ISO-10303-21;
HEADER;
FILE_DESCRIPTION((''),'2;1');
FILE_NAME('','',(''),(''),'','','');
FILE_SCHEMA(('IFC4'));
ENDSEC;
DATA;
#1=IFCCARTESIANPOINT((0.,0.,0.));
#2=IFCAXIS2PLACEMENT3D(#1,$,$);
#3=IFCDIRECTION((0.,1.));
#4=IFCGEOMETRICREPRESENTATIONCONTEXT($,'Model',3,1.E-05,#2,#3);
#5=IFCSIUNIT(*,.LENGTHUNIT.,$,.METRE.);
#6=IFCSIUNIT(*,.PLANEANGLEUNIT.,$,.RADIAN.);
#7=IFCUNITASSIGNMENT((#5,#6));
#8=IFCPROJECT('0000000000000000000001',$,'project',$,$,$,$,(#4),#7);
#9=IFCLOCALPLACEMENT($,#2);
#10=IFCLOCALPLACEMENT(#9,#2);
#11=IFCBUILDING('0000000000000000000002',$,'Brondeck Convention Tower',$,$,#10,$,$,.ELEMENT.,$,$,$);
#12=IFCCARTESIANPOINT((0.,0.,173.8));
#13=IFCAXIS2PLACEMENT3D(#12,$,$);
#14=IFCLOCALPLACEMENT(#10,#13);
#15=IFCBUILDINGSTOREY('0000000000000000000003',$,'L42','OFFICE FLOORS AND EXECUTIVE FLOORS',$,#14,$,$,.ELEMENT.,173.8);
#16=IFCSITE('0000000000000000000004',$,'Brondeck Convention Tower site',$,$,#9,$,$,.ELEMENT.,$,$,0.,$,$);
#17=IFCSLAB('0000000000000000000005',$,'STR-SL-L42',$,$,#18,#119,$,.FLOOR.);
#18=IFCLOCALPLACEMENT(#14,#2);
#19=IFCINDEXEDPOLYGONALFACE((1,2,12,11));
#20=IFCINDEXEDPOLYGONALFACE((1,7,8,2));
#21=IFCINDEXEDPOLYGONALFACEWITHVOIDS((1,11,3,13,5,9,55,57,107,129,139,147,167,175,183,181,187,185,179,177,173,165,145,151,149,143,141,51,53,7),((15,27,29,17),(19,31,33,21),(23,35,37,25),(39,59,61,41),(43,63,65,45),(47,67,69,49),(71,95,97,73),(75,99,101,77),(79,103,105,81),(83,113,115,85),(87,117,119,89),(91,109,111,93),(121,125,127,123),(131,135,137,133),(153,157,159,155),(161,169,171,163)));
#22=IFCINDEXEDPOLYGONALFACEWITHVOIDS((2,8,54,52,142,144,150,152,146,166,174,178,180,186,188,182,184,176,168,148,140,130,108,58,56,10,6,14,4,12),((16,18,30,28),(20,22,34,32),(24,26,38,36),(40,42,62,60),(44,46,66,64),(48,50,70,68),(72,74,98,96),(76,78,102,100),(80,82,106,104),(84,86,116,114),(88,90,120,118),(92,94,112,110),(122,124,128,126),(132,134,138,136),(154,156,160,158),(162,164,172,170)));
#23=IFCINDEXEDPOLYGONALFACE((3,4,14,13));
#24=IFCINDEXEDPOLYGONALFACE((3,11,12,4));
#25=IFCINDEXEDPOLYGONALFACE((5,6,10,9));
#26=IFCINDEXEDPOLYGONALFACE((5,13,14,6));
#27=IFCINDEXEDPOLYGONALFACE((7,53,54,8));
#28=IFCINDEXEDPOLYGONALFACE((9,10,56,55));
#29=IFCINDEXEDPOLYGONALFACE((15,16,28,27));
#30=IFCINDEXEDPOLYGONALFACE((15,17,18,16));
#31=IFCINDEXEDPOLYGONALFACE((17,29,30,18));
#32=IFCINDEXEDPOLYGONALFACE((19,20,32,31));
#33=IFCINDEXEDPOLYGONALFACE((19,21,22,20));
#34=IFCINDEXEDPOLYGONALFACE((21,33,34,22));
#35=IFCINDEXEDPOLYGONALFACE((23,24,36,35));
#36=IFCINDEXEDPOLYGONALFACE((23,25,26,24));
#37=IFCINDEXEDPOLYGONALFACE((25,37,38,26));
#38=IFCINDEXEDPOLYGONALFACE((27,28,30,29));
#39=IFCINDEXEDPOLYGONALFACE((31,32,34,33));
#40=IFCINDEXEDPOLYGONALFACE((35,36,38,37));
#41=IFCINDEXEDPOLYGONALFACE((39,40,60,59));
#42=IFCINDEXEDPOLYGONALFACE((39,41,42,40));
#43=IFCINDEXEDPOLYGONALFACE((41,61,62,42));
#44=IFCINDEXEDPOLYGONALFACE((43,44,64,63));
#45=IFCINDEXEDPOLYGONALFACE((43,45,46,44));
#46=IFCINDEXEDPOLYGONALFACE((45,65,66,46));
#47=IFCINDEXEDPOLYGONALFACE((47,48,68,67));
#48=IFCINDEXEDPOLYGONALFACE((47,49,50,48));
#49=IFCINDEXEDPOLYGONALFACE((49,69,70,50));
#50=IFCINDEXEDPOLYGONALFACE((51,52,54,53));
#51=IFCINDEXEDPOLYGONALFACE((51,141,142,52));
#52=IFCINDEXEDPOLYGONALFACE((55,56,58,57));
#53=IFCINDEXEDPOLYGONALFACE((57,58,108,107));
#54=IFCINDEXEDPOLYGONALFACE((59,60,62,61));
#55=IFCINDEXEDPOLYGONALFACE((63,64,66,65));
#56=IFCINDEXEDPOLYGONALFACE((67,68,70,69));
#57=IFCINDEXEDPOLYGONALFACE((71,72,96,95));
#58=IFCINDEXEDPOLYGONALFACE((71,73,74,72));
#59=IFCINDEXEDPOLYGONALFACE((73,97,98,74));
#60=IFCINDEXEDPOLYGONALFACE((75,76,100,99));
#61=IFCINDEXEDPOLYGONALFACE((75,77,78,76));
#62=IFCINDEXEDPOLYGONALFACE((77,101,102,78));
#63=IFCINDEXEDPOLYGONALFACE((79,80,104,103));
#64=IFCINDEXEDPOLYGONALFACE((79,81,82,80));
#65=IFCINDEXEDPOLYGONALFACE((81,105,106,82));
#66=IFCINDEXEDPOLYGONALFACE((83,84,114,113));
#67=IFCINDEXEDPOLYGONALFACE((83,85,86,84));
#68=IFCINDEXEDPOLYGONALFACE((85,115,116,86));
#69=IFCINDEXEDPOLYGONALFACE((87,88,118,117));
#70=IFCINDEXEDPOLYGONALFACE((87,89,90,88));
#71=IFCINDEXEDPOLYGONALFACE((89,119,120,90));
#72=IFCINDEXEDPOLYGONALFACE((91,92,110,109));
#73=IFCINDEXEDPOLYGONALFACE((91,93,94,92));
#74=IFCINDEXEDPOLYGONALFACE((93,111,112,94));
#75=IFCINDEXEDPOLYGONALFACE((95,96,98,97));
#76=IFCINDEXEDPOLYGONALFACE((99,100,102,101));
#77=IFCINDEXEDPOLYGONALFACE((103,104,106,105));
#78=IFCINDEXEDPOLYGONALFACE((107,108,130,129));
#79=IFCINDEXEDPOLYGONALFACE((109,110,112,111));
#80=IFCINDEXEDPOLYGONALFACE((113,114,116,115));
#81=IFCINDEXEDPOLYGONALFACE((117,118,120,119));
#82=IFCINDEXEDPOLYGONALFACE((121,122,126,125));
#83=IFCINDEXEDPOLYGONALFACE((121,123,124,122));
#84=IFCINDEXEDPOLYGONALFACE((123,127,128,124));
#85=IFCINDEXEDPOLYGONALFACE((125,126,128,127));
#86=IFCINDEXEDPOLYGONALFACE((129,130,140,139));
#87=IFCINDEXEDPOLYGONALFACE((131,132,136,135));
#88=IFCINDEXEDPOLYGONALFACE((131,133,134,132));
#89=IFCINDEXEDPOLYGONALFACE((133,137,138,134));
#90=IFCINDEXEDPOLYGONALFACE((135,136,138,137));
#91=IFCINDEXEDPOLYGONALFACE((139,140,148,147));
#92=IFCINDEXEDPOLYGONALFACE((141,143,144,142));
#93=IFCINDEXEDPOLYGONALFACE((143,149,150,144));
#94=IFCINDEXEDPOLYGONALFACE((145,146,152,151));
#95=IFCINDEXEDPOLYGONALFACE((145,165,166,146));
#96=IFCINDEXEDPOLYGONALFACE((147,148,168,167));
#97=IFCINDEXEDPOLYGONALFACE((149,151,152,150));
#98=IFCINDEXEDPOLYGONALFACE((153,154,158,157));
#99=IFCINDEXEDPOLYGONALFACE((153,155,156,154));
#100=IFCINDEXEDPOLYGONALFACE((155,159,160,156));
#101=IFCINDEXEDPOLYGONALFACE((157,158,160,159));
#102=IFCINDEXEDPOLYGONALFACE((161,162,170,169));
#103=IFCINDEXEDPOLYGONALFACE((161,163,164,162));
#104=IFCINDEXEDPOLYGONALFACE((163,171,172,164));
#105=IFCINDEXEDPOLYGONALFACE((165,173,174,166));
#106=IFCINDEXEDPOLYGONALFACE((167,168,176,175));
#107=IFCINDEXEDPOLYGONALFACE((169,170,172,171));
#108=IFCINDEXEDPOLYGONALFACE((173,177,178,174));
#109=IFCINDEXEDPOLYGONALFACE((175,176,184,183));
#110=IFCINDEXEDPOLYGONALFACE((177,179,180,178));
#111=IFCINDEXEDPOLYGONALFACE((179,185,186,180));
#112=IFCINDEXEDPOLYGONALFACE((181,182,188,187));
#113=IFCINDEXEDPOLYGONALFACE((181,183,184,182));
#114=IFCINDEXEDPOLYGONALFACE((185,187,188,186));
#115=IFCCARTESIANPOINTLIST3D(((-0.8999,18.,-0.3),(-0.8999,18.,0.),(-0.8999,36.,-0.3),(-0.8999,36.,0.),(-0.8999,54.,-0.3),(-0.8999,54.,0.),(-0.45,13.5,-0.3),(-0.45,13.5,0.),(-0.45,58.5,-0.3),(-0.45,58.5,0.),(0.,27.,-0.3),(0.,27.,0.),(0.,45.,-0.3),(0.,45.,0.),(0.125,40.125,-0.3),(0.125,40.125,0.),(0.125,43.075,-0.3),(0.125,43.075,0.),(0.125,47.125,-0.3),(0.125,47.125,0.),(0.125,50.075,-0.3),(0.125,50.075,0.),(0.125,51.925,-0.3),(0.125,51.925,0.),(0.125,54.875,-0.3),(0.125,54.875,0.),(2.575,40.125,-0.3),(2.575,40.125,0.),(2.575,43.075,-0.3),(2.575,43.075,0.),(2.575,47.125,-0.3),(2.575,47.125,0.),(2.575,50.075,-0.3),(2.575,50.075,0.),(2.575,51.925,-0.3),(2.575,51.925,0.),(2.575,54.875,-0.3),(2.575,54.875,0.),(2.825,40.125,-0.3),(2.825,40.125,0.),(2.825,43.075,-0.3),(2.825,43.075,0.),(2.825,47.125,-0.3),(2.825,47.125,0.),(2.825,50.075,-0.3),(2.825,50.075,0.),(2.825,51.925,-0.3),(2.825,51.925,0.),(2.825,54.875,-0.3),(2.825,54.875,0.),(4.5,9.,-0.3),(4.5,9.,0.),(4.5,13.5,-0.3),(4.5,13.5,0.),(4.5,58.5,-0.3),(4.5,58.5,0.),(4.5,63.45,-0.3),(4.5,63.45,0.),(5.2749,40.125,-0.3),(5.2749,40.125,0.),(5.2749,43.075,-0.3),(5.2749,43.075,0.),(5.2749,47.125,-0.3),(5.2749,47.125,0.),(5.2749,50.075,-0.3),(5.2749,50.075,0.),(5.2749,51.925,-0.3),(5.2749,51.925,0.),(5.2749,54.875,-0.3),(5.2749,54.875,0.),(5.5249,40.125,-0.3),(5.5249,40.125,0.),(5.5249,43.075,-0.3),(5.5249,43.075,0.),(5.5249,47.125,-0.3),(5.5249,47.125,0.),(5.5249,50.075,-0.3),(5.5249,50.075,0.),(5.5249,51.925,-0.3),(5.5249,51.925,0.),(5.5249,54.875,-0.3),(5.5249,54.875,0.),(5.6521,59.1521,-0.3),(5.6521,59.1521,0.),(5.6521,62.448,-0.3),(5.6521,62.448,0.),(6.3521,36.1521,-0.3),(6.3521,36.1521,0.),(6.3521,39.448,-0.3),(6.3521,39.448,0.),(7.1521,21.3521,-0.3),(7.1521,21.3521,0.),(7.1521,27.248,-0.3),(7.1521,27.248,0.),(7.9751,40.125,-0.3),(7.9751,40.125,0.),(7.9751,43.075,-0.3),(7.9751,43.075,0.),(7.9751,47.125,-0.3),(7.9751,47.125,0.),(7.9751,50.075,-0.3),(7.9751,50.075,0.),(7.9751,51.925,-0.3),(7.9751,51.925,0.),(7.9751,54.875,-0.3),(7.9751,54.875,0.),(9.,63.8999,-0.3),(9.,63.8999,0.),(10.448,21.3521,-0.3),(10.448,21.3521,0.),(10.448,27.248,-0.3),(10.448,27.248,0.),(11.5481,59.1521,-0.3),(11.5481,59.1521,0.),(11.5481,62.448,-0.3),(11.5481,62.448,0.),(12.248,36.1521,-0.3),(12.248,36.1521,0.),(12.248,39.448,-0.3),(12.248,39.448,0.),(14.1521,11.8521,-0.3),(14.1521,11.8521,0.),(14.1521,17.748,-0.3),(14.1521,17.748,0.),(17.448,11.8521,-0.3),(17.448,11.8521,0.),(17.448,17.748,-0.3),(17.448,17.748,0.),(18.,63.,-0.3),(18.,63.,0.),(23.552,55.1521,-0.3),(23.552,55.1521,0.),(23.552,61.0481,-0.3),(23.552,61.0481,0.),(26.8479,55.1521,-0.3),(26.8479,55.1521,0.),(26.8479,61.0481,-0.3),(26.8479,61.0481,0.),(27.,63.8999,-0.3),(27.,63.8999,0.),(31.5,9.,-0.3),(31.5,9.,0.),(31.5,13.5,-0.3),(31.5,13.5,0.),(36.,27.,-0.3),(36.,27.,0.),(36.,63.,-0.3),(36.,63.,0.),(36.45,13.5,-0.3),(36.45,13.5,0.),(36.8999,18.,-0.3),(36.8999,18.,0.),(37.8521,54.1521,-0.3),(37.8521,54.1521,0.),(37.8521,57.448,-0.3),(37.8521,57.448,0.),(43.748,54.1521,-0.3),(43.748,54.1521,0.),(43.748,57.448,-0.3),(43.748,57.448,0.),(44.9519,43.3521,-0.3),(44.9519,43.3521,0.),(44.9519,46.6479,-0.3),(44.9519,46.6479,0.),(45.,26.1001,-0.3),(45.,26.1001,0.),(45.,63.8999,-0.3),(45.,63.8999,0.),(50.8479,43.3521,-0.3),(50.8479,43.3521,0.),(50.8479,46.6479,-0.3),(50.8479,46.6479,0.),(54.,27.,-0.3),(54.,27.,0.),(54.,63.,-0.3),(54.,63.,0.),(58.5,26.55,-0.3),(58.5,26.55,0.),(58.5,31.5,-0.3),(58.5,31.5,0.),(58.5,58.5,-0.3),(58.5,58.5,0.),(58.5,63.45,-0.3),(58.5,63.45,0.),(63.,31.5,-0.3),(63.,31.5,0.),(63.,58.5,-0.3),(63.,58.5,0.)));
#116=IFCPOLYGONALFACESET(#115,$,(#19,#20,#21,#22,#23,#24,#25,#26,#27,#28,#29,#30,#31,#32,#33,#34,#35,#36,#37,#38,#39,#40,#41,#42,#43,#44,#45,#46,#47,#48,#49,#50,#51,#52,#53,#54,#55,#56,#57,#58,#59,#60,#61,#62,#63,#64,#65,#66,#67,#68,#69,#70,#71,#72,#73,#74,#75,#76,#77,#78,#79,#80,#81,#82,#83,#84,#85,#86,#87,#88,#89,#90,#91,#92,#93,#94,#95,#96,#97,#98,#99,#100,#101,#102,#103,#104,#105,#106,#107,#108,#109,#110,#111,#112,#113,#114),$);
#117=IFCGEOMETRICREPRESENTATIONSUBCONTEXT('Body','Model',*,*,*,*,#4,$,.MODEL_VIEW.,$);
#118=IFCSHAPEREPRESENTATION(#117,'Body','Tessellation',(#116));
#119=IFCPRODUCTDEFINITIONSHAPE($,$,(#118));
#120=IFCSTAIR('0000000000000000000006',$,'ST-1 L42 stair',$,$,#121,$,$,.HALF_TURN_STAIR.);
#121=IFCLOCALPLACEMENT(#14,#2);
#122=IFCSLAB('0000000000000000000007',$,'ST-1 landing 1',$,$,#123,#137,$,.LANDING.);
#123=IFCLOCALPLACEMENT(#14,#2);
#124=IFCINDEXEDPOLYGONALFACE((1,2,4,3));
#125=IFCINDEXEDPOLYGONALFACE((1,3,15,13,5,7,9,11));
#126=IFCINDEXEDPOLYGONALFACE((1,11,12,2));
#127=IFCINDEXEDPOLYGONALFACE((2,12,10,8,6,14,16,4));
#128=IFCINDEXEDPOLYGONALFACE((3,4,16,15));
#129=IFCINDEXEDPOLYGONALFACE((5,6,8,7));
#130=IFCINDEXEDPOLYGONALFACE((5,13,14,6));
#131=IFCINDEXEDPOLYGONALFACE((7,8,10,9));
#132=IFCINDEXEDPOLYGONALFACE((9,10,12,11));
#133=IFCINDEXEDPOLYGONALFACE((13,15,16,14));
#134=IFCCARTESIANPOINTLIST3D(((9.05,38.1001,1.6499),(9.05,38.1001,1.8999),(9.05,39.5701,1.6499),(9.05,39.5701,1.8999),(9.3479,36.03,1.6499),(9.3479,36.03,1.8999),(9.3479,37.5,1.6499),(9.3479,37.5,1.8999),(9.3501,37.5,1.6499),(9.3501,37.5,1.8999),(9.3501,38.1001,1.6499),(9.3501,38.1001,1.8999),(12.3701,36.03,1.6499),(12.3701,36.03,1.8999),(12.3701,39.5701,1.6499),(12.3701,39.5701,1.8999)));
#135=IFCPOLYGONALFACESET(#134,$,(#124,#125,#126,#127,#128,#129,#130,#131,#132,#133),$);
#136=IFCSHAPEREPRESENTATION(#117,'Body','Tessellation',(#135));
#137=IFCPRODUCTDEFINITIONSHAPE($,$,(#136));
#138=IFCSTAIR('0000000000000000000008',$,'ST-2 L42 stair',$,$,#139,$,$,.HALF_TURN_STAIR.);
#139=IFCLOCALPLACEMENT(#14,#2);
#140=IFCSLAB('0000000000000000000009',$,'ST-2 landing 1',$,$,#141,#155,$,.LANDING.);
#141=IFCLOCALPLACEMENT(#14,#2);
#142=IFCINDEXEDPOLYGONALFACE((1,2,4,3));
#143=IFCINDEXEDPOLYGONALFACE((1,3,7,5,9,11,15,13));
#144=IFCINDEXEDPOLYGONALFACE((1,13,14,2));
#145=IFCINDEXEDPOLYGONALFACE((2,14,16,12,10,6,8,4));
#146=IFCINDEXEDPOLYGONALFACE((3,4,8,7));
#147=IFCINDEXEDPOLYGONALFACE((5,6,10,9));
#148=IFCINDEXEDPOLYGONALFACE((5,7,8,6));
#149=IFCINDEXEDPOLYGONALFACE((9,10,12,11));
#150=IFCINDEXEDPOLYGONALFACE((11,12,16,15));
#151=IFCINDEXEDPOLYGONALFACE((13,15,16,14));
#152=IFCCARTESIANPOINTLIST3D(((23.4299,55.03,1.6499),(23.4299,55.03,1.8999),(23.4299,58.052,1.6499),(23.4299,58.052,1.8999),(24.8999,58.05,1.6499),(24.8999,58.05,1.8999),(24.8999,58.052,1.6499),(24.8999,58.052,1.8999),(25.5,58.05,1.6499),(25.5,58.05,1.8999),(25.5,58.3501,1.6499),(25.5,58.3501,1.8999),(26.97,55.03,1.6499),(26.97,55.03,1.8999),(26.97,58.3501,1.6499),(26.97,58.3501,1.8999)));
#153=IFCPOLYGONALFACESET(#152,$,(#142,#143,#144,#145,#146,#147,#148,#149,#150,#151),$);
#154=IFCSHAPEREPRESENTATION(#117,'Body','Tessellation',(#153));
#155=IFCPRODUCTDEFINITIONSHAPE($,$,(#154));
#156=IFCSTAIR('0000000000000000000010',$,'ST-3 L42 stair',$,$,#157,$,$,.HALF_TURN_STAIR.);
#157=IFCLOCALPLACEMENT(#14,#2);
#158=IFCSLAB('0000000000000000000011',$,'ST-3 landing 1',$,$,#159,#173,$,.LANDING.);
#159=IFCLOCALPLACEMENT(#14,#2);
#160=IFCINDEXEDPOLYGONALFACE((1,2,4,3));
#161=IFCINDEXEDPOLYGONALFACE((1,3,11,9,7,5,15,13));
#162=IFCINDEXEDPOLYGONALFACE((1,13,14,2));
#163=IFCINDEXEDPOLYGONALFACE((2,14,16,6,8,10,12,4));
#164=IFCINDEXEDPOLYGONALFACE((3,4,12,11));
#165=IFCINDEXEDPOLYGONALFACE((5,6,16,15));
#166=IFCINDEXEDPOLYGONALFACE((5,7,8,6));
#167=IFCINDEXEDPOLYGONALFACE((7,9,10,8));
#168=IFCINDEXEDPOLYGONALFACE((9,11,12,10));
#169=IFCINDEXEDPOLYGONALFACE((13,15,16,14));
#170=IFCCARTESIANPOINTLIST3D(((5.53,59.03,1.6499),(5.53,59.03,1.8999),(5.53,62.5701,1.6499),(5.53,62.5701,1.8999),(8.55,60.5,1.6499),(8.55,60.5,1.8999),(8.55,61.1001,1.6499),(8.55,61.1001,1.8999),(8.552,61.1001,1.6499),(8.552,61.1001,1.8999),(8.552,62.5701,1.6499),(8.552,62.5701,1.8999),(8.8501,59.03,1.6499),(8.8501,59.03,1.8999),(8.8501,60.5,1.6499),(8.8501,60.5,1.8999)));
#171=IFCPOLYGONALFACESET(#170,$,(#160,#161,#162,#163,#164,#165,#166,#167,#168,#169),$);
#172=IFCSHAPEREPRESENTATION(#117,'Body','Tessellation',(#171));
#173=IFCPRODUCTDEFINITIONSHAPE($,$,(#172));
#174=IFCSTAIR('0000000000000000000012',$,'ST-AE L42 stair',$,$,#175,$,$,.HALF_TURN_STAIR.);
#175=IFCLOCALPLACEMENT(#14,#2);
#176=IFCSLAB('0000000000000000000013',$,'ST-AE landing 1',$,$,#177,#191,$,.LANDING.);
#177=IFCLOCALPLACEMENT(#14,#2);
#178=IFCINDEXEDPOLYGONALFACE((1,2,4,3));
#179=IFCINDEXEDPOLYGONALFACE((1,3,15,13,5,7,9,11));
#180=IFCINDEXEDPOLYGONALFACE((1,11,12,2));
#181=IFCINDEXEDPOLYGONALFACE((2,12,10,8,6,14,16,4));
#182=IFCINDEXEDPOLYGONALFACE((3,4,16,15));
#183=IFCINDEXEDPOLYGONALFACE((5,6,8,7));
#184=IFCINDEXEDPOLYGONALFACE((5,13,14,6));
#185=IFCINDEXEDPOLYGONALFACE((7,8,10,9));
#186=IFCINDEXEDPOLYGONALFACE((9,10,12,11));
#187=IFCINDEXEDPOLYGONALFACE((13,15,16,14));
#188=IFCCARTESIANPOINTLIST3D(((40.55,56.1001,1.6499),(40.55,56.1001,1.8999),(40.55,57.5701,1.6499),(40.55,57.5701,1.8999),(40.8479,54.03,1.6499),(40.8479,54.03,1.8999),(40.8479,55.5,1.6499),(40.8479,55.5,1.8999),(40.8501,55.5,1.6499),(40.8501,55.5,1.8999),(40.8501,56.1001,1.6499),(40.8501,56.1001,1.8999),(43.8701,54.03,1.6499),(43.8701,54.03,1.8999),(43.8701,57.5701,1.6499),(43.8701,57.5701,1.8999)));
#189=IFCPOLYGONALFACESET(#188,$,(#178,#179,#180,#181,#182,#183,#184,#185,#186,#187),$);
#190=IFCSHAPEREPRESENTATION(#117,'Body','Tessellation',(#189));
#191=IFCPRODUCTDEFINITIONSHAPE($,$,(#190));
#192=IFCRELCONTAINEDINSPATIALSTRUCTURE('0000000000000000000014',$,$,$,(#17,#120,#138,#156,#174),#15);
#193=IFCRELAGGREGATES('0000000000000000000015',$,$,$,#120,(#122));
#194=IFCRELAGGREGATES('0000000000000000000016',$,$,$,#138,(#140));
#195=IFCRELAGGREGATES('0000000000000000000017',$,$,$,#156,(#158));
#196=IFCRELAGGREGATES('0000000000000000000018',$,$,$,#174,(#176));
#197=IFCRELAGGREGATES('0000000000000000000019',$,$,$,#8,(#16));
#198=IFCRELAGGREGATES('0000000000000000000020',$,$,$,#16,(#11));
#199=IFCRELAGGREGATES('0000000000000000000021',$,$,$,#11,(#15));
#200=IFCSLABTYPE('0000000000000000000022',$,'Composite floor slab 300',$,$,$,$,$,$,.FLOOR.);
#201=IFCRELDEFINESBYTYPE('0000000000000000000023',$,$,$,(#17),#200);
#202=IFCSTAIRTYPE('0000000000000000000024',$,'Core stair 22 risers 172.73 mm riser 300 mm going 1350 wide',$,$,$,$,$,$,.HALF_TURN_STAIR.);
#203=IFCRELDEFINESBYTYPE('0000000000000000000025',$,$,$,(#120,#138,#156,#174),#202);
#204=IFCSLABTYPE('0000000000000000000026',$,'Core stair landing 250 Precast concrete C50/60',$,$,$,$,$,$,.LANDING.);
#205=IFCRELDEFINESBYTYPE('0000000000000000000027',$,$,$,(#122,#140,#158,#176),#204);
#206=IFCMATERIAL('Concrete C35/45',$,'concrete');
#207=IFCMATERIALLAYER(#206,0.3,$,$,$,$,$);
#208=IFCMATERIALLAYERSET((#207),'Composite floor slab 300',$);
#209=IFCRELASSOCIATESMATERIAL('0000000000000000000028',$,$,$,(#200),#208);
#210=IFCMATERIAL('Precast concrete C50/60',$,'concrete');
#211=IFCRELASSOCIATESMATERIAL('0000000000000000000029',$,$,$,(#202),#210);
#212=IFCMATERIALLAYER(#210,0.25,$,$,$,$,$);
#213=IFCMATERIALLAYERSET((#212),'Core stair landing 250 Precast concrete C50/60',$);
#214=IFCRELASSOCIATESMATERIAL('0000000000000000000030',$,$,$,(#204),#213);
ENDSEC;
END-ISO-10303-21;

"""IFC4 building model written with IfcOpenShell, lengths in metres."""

from ifc_helpers import new_model, si_unit, direction, frame, origin, place, context, subcontext, project, spatial, polyline, outline, extrude, material, layer, layer_set, type_object, element, aggregate, save


model = new_model("IFC4")

# Units and contexts
model_context = context("Model", 3, precision=1e-05, world=origin(), true_north=direction((0.0, 1.0)))
body_context = subcontext(model_context, "Body", "Model", "MODEL_VIEW")
ifc_project = project(units=[si_unit("LENGTHUNIT", "METRE"), si_unit("PLANEANGLEUNIT", "RADIAN")], contexts=[model_context])

# Site, building, storey
site_placement = place(None, origin())
site = spatial("IfcSite", under=ifc_project, at=site_placement, Name="Brondeck Convention Tower site", CompositionType="ELEMENT", RefElevation=0.0)
building_placement = place(site_placement, origin())
building = spatial("IfcBuilding", under=site, at=building_placement, Name="Brondeck Convention Tower", CompositionType="ELEMENT")
storey_placement = place(building_placement, frame((0.0, 0.0, 173.8)))
storey = spatial("IfcBuildingStorey", under=building, at=storey_placement, Name="L42", Description="OFFICE FLOORS AND EXECUTIVE FLOORS", CompositionType="ELEMENT", Elevation=173.8)

# Slab
ifc_material_1 = material(Name="Concrete C35/45", Category="concrete")
ifc_layer_1 = layer(ifc_material_1, 0.3)
ifc_layer_set_1 = layer_set([ifc_layer_1], Name="Composite floor slab 300")
slab_type_1 = type_object("IfcSlabType", Name="Composite floor slab 300", PredefinedType="FLOOR", material=ifc_layer_set_1)
slab_1_placement = place(storey_placement, frame((0.0, 0.0, -0.3)))
element("IfcSlab", 1, at=slab_1_placement, inside=storey, type_object=slab_type_1, Name="STR-SL-L42", PredefinedType="FLOOR", context=body_context, shape_type="SweptSolid", body=[
    extrude(outline(polyline([(4.5, 13.5), (-0.45, 13.5), (-0.8999, 18.0), (0.0, 27.0), (-0.8999, 36.0), (0.0, 45.0), (-0.8999, 54.0), (-0.45, 58.5), (4.5, 58.5), (4.5, 63.45), (9.0, 63.8999), (18.0, 63.0), (27.0, 63.8999), (36.0, 63.0), (45.0, 63.8999), (54.0, 63.0), (58.5, 63.45), (58.5, 58.5), (63.0, 58.5), (63.0, 31.5), (58.5, 31.5), (58.5, 26.55), (54.0, 27.0), (45.0, 26.1001), (36.0, 27.0), (36.8999, 18.0), (36.45, 13.5), (31.5, 13.5), (31.5, 9.0), (4.5, 9.0), (4.5, 13.5)]), holes=[polyline([(2.575, 40.125), (2.575, 43.075), (0.125, 43.075), (0.125, 40.125), (2.575, 40.125)]), polyline([(5.2749, 40.125), (5.2749, 43.075), (2.825, 43.075), (2.825, 40.125), (5.2749, 40.125)]), polyline([(7.9751, 40.125), (7.9751, 43.075), (5.5249, 43.075), (5.5249, 40.125), (7.9751, 40.125)]), polyline([(2.575, 47.125), (2.575, 50.075), (0.125, 50.075), (0.125, 47.125), (2.575, 47.125)]), polyline([(5.2749, 47.125), (5.2749, 50.075), (2.825, 50.075), (2.825, 47.125), (5.2749, 47.125)]), polyline([(7.9751, 47.125), (7.9751, 50.075), (5.5249, 50.075), (5.5249, 47.125), (7.9751, 47.125)]), polyline([(2.575, 51.925), (2.575, 54.875), (0.125, 54.875), (0.125, 51.925), (2.575, 51.925)]), polyline([(5.2749, 51.925), (5.2749, 54.875), (2.825, 54.875), (2.825, 51.925), (5.2749, 51.925)]), polyline([(17.448, 17.748), (14.1521, 17.748), (14.1521, 11.8521), (17.448, 11.8521), (17.448, 17.748)]), polyline([(10.448, 27.248), (7.1521, 27.248), (7.1521, 21.3521), (10.448, 21.3521), (10.448, 27.248)]), polyline([(12.248, 36.1521), (12.248, 39.448), (6.3521, 39.448), (6.3521, 36.1521), (12.248, 36.1521)]), polyline([(50.8479, 43.3521), (50.8479, 46.6479), (44.9519, 46.6479), (44.9519, 43.3521), (50.8479, 43.3521)]), polyline([(7.9751, 51.925), (7.9751, 54.875), (5.5249, 54.875), (5.5249, 51.925), (7.9751, 51.925)]), polyline([(43.748, 54.1521), (43.748, 57.448), (37.8521, 57.448), (37.8521, 54.1521), (43.748, 54.1521)]), polyline([(23.552, 55.1521), (26.8479, 55.1521), (26.8479, 61.0481), (23.552, 61.0481), (23.552, 55.1521)]), polyline([(5.6521, 62.448), (5.6521, 59.1521), (11.5481, 59.1521), (11.5481, 62.448), (5.6521, 62.448)])]), origin(), (0.0, 0.0, 1.0), 0.3),
])

# Stairs, slabs
ifc_material_2 = material(Name="Precast concrete C50/60", Category="concrete")
stair_type = type_object("IfcStairType", Name="Core stair 22 risers 172.73 mm riser 300 mm going 1350 wide", PredefinedType="HALF_TURN_STAIR", material=ifc_material_2)
stair_1_placement = place(storey_placement, origin())
stair_1 = element("IfcStair", 2, at=stair_1_placement, inside=storey, type_object=stair_type, Name="ST-1 L42 stair", PredefinedType="HALF_TURN_STAIR")
ifc_layer_2 = layer(ifc_material_2, 0.25)
ifc_layer_set_2 = layer_set([ifc_layer_2], Name="Core stair landing 250 Precast concrete C50/60")
slab_type_2 = type_object("IfcSlabType", Name="Core stair landing 250 Precast concrete C50/60", PredefinedType="LANDING", material=ifc_layer_set_2)
slab_2_placement = place(storey_placement, frame((0.0, 0.0, 1.6499)))
slab_2 = element("IfcSlab", 3, at=slab_2_placement, type_object=slab_type_2, Name="ST-1 landing 1", PredefinedType="LANDING", context=body_context, shape_type="SweptSolid", body=[
    extrude(outline(polyline([(9.3479, 37.5), (9.3501, 37.5), (9.3501, 38.1001), (9.05, 38.1001), (9.05, 39.5701), (12.3701, 39.5701), (12.3701, 36.03), (9.3479, 36.03), (9.3479, 37.5)])), origin(), (0.0, 0.0, 1.0), 0.25),
])
aggregate(stair_1, [slab_2])
stair_2_placement = place(storey_placement, origin())
stair_2 = element("IfcStair", 4, at=stair_2_placement, inside=storey, type_object=stair_type, Name="ST-2 L42 stair", PredefinedType="HALF_TURN_STAIR")
slab_3_placement = place(storey_placement, frame((0.0, 0.0, 1.6499)))
slab_3 = element("IfcSlab", 5, at=slab_3_placement, type_object=slab_type_2, Name="ST-2 landing 1", PredefinedType="LANDING", context=body_context, shape_type="SweptSolid", body=[
    extrude(outline(polyline([(23.4299, 58.052), (24.8999, 58.052), (24.8999, 58.05), (25.5, 58.05), (25.5, 58.3501), (26.97, 58.3501), (26.97, 55.03), (23.4299, 55.03), (23.4299, 58.052)])), origin(), (0.0, 0.0, 1.0), 0.25),
])
aggregate(stair_2, [slab_3])
stair_3_placement = place(storey_placement, origin())
stair_3 = element("IfcStair", 6, at=stair_3_placement, inside=storey, type_object=stair_type, Name="ST-3 L42 stair", PredefinedType="HALF_TURN_STAIR")
slab_4_placement = place(storey_placement, frame((0.0, 0.0, 1.6499)))
slab_4 = element("IfcSlab", 7, at=slab_4_placement, type_object=slab_type_2, Name="ST-3 landing 1", PredefinedType="LANDING", context=body_context, shape_type="SweptSolid", body=[
    extrude(outline(polyline([(8.8501, 60.5), (8.8501, 59.03), (5.53, 59.03), (5.53, 62.5701), (8.552, 62.5701), (8.552, 61.1001), (8.55, 61.1001), (8.55, 60.5), (8.8501, 60.5)])), origin(), (0.0, 0.0, 1.0), 0.25),
])
aggregate(stair_3, [slab_4])
stair_4_placement = place(storey_placement, origin())
stair_4 = element("IfcStair", 8, at=stair_4_placement, inside=storey, type_object=stair_type, Name="ST-AE L42 stair", PredefinedType="HALF_TURN_STAIR")
slab_5_placement = place(storey_placement, frame((0.0, 0.0, 1.6499)))
slab_5 = element("IfcSlab", 9, at=slab_5_placement, type_object=slab_type_2, Name="ST-AE landing 1", PredefinedType="LANDING", context=body_context, shape_type="SweptSolid", body=[
    extrude(outline(polyline([(40.8479, 55.5), (40.8501, 55.5), (40.8501, 56.1001), (40.55, 56.1001), (40.55, 57.5701), (43.8701, 57.5701), (43.8701, 54.03), (40.8479, 54.03), (40.8479, 55.5)])), origin(), (0.0, 0.0, 1.0), 0.25),
])
aggregate(stair_4, [slab_5])

save(model, "model.ifc")
